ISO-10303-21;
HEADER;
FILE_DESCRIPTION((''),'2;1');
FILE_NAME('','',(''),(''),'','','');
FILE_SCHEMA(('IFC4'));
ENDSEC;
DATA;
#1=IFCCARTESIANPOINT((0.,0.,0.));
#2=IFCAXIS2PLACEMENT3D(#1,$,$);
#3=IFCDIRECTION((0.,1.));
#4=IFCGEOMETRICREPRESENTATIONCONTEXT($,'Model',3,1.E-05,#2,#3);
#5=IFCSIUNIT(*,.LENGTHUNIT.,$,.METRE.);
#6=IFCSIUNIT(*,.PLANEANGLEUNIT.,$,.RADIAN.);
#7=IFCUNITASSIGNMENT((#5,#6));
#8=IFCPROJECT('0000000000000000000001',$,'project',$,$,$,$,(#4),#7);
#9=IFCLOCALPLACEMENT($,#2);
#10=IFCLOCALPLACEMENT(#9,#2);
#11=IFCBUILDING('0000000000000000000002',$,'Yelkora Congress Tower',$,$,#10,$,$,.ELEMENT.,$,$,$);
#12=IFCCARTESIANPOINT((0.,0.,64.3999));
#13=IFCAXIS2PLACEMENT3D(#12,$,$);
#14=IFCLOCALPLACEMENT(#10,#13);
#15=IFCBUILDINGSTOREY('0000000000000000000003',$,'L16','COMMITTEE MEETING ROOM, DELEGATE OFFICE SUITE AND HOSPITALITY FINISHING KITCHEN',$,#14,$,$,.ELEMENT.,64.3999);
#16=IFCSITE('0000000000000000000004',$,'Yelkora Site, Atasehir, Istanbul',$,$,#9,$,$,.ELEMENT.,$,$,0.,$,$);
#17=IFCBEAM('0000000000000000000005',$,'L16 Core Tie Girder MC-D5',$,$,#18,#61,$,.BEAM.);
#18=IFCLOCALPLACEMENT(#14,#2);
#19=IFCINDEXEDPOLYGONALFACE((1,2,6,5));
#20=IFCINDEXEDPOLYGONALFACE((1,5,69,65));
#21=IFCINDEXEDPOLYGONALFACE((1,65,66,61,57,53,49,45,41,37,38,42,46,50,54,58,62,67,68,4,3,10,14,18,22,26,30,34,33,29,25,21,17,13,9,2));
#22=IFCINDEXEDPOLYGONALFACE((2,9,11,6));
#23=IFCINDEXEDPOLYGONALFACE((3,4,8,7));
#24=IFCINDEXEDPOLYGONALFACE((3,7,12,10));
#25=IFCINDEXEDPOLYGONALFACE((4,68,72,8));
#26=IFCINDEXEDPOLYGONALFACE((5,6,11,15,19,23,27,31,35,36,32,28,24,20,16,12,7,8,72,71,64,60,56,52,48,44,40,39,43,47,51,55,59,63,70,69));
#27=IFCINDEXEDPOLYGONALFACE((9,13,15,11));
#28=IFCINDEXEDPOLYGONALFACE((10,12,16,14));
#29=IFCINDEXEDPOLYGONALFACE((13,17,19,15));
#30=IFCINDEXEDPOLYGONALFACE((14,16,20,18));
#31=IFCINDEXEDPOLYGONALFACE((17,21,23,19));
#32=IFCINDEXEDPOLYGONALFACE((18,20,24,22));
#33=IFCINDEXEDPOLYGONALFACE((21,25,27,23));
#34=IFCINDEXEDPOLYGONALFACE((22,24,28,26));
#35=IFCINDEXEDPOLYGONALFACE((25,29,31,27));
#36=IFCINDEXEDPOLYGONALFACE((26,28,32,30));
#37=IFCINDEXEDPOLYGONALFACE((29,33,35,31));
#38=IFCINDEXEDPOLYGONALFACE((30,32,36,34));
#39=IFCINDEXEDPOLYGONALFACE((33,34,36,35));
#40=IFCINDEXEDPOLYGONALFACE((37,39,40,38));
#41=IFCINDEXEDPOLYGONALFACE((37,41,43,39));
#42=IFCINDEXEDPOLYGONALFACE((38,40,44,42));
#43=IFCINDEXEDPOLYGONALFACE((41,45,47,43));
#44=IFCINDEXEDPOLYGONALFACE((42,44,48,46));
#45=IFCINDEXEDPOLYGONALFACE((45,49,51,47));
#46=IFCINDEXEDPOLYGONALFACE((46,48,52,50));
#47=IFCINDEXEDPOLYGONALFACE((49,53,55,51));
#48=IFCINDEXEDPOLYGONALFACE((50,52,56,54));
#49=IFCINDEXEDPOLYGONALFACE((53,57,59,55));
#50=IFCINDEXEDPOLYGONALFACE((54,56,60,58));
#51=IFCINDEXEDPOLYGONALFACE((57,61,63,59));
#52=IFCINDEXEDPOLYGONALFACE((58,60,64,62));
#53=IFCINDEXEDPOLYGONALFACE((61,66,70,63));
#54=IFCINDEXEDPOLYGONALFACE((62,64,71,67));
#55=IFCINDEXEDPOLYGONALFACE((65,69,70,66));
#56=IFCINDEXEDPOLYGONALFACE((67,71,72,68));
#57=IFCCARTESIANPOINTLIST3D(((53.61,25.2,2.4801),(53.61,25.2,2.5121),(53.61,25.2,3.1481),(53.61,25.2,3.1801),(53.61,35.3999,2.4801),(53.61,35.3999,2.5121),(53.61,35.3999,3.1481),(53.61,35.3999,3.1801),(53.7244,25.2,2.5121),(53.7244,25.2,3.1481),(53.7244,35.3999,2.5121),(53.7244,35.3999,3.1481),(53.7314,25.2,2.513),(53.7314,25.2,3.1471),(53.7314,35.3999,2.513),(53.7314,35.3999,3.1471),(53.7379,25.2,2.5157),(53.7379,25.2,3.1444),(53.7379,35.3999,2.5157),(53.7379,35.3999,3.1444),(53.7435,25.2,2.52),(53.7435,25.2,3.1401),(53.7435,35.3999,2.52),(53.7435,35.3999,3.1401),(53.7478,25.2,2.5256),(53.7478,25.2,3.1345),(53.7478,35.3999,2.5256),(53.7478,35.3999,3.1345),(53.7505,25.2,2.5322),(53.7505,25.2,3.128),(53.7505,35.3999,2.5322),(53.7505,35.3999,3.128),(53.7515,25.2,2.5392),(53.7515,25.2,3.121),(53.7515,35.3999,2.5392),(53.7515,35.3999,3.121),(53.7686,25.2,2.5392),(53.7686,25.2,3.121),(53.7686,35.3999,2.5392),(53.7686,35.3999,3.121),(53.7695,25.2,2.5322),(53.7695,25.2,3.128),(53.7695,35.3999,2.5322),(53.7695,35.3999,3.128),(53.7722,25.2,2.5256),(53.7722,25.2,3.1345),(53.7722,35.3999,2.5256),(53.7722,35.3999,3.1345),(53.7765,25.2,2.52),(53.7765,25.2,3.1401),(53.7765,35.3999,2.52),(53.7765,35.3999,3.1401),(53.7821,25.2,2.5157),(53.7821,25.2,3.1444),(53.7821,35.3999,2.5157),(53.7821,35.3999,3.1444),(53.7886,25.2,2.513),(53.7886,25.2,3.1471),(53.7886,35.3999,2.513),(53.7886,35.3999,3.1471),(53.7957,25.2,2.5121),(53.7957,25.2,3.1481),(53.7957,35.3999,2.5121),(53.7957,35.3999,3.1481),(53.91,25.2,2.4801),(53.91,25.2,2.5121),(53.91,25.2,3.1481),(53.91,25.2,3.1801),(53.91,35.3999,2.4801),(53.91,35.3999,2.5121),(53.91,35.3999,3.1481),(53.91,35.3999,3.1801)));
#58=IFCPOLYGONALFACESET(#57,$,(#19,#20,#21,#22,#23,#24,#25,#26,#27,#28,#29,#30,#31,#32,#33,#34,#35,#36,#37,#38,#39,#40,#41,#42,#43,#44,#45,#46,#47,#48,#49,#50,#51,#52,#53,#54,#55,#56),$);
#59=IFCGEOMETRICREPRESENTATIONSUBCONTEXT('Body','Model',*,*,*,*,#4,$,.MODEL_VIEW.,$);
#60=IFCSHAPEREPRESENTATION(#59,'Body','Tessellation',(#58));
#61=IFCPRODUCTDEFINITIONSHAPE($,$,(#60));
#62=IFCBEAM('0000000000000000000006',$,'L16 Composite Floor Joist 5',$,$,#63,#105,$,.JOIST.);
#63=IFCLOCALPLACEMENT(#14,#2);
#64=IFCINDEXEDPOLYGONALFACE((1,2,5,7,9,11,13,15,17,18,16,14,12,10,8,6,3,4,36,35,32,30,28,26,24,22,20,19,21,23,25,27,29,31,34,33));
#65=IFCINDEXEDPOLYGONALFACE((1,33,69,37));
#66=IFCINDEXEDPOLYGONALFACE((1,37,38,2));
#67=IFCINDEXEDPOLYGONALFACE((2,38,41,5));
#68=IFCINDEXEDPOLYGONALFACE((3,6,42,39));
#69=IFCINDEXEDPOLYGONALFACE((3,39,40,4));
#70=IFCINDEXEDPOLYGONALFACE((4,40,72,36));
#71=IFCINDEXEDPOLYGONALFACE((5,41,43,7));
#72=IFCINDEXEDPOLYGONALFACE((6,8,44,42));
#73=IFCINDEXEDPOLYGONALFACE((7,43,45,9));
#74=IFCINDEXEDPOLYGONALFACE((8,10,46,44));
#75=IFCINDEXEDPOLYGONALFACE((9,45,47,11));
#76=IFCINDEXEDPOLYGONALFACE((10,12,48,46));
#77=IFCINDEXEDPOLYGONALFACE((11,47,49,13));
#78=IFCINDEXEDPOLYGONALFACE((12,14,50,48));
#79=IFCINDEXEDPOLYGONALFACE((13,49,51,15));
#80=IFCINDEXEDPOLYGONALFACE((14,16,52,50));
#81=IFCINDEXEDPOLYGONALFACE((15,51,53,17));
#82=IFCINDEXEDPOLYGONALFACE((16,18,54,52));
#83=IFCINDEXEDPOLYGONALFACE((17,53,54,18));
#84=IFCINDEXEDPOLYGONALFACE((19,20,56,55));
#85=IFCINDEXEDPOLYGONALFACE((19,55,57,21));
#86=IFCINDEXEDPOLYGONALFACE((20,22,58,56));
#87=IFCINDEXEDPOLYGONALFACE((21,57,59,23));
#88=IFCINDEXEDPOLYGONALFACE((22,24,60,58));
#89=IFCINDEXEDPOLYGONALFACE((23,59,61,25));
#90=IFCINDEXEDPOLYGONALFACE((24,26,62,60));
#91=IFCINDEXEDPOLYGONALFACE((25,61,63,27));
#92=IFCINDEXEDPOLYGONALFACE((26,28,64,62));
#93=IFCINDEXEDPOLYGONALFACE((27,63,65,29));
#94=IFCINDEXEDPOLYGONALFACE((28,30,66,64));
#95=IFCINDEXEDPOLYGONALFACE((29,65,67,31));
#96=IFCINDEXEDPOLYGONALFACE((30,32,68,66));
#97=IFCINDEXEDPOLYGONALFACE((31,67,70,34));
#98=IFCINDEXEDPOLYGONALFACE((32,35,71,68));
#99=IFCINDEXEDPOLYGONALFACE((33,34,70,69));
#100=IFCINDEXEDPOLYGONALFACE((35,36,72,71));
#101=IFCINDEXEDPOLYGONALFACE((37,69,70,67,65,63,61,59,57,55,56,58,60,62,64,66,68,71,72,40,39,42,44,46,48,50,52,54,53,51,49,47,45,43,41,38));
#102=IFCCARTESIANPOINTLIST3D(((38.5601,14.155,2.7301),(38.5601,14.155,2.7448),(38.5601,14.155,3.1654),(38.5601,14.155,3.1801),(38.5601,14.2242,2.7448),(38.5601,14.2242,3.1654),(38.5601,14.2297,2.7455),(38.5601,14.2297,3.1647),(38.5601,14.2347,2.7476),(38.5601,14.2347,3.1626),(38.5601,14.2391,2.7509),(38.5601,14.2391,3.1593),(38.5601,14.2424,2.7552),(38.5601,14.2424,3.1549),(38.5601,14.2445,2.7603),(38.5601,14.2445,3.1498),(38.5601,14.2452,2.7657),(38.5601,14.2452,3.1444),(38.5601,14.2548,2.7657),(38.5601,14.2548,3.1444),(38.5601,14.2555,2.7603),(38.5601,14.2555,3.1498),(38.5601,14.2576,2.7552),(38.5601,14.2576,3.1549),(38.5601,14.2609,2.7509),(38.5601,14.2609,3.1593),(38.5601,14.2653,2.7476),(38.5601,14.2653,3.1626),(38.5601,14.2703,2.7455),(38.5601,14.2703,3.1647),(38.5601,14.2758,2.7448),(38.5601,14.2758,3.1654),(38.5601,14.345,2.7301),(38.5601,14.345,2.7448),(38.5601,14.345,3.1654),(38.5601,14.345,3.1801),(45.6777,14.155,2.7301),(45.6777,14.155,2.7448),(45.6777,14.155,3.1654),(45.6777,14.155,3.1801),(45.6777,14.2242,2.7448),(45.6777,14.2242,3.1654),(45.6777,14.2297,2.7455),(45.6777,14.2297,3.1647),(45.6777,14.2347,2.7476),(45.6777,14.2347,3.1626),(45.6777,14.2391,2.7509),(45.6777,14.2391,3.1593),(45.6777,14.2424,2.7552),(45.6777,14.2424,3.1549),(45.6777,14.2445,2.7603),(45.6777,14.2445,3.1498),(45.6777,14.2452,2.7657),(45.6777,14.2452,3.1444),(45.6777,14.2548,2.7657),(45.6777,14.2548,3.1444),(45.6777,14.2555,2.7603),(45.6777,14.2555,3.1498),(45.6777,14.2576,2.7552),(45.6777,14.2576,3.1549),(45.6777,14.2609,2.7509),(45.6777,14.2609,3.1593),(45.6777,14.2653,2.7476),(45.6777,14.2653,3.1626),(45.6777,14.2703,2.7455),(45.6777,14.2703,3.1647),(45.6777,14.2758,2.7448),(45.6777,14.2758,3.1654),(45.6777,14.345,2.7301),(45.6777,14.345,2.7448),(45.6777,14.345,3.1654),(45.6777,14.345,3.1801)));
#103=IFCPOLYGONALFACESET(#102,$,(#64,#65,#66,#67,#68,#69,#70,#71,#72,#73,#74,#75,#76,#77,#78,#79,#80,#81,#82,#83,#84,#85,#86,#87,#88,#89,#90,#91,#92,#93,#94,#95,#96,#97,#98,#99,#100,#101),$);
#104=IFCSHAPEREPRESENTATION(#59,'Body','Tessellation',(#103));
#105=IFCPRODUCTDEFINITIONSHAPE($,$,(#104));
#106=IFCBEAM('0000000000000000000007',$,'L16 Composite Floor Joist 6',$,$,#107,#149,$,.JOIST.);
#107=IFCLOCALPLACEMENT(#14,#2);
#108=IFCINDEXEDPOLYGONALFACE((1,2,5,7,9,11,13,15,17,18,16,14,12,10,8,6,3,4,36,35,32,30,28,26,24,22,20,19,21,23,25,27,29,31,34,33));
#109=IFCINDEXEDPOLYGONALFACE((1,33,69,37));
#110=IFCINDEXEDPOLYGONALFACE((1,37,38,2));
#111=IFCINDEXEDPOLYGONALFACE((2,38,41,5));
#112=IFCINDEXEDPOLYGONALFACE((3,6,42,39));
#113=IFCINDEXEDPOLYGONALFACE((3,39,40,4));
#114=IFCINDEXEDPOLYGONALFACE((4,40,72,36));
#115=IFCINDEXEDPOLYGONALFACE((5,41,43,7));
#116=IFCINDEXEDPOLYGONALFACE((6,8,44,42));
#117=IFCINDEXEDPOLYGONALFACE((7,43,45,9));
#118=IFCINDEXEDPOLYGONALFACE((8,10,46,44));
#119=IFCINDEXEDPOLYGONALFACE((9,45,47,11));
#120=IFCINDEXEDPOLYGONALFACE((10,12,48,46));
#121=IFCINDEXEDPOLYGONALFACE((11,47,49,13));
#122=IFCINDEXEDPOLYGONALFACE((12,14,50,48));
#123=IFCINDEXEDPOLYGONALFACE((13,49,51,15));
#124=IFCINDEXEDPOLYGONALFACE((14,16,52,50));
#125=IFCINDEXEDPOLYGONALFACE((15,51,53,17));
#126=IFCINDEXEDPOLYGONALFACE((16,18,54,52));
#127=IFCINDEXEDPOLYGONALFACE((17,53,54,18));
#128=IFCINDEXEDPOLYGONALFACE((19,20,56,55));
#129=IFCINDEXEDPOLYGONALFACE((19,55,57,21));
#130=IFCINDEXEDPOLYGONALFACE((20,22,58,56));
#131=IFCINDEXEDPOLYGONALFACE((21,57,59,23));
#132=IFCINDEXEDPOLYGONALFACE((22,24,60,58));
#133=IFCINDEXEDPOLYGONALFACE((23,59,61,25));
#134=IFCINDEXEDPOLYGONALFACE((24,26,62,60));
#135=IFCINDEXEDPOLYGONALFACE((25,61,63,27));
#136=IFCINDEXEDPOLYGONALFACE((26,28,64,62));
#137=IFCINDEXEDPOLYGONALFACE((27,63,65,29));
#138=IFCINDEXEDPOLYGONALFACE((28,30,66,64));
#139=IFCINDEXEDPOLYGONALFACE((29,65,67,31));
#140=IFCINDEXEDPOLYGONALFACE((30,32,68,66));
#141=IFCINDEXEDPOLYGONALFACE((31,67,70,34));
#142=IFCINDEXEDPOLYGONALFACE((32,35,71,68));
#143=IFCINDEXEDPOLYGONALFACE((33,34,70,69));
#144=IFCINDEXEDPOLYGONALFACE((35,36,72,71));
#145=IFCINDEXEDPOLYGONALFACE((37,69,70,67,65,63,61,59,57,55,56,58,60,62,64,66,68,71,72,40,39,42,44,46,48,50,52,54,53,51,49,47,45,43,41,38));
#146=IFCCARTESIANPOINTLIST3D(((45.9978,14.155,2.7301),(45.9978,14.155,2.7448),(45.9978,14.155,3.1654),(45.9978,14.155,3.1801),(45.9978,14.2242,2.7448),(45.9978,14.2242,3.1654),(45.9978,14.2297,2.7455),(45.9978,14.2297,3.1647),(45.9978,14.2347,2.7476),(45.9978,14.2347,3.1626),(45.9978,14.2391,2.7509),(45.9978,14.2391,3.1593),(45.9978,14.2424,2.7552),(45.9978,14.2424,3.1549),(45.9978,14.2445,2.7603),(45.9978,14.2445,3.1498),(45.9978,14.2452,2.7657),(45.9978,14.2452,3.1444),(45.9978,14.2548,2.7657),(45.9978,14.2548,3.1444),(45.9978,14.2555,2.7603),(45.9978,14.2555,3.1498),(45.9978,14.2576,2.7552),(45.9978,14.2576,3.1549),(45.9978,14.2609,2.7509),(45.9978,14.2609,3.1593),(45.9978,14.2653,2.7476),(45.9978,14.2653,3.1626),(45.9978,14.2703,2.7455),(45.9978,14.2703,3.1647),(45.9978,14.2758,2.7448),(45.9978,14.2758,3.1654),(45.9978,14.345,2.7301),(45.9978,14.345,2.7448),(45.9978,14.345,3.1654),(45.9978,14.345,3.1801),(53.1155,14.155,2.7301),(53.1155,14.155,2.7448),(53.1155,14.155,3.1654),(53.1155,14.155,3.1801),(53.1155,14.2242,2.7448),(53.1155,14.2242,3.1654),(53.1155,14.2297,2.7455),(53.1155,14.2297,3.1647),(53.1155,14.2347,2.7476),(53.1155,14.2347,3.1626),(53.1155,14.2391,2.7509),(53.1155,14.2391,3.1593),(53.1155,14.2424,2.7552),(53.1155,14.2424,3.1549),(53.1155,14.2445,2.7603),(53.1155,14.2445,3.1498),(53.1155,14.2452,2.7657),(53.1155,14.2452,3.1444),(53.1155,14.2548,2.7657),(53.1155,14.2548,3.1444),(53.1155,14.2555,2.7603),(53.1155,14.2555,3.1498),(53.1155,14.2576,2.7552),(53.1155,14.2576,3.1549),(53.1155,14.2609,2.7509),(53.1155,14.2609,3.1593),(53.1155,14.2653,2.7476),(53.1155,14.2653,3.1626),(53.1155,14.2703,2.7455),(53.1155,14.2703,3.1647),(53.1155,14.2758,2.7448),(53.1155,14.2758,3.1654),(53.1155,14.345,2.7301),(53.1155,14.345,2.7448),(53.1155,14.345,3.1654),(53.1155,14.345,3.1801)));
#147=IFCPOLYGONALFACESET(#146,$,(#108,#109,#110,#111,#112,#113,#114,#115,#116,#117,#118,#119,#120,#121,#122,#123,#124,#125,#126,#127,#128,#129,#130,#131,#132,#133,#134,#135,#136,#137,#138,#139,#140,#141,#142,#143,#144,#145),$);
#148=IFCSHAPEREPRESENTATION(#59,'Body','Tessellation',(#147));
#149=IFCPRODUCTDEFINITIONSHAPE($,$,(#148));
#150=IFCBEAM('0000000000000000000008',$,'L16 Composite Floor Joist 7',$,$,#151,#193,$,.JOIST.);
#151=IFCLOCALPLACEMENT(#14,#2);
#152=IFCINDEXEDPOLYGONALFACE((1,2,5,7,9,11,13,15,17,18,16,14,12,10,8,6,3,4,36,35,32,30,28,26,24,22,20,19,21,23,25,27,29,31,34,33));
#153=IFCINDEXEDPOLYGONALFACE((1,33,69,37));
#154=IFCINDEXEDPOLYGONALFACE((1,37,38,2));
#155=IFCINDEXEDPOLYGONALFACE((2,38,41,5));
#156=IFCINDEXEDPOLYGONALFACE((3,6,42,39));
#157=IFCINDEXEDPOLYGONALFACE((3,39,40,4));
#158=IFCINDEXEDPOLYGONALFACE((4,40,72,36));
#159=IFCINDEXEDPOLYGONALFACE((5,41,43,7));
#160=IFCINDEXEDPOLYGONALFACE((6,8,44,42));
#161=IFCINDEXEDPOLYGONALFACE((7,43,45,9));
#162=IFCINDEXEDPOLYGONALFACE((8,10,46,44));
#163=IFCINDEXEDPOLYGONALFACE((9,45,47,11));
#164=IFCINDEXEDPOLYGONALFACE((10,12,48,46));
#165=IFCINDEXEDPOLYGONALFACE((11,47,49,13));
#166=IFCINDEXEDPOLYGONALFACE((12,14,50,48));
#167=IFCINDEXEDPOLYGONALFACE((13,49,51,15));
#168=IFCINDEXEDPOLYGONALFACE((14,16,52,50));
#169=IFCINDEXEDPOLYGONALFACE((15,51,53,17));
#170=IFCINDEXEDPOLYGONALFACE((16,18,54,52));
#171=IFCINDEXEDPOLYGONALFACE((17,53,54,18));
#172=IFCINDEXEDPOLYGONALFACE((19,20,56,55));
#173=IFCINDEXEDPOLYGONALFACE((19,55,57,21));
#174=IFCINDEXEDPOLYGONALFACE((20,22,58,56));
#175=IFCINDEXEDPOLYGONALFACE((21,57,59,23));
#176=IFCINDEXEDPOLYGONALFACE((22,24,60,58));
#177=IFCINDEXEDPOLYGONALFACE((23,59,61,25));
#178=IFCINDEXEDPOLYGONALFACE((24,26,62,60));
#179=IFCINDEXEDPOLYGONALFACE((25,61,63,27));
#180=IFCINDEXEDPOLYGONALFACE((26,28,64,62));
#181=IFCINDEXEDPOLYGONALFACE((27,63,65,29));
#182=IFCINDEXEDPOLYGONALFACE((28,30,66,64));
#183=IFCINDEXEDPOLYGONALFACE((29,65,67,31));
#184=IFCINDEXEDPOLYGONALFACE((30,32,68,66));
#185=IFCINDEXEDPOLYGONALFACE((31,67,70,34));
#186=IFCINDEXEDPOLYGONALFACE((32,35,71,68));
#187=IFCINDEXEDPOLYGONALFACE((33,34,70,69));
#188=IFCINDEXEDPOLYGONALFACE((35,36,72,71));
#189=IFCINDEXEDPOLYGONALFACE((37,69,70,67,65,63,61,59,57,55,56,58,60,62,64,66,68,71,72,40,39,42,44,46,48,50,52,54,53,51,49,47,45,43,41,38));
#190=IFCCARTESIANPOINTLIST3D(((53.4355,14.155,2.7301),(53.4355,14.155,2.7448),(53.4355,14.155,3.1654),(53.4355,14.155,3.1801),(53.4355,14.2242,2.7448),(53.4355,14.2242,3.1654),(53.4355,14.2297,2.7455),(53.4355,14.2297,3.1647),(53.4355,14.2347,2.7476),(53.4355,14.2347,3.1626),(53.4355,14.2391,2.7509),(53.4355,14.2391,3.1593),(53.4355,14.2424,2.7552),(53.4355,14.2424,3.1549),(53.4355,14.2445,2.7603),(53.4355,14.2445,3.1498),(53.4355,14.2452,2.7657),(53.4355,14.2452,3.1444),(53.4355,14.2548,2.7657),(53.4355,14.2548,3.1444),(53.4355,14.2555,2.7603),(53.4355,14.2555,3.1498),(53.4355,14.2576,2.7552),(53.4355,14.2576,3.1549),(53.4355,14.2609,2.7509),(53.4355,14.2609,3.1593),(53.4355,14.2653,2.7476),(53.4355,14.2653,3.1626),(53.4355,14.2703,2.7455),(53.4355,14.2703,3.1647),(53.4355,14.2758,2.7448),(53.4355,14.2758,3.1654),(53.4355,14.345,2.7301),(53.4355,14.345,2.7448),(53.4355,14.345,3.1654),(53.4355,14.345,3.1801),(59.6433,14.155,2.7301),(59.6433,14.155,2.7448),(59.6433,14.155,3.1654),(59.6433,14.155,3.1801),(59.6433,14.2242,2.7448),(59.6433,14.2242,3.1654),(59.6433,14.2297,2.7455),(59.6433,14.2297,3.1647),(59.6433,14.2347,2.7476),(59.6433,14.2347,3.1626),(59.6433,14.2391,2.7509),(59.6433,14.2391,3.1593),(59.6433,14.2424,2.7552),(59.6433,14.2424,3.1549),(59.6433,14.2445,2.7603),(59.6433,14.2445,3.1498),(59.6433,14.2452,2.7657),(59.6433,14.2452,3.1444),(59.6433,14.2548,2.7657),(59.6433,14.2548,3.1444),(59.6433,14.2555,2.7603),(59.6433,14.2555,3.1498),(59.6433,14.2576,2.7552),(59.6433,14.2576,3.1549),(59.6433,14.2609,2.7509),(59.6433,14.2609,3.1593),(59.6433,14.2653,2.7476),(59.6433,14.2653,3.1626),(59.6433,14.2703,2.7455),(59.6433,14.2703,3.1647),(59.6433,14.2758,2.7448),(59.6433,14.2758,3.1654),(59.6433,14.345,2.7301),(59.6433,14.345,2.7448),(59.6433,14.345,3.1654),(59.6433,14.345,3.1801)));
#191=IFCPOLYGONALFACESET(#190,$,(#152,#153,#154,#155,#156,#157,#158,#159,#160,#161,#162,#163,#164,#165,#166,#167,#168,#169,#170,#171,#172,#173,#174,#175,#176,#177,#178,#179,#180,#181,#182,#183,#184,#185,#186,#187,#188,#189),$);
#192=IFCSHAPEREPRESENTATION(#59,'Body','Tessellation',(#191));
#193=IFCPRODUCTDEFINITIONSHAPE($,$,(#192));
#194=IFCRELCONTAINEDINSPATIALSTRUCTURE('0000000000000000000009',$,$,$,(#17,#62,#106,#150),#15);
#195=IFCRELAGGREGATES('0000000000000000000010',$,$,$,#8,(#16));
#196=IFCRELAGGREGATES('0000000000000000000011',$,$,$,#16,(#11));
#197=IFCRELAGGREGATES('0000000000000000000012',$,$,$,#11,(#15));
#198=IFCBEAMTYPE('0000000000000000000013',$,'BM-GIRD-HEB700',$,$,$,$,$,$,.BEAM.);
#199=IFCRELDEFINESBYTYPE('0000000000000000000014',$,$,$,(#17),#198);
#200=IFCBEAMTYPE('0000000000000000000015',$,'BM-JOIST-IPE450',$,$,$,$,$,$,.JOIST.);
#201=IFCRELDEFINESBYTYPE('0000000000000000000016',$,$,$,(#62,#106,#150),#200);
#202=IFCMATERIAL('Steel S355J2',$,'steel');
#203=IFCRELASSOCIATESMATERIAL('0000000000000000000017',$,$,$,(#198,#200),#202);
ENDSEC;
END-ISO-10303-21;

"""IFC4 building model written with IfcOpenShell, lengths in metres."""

from ifc_helpers import new_model, si_unit, direction, frame, origin, origin_2d, place, context, subcontext, project, spatial, i_section, extrude, material, material_profile, profile_set, type_object, element, save


model = new_model("IFC4")

# Units and contexts
model_context = context("Model", 3, precision=1e-05, world=origin(), true_north=direction((0.0, 1.0)))
body_context = subcontext(model_context, "Body", "Model", "MODEL_VIEW")
ifc_project = project(units=[si_unit("LENGTHUNIT", "METRE"), si_unit("PLANEANGLEUNIT", "RADIAN")], contexts=[model_context])

# Site, building, storey
site_placement = place(None, origin())
site = spatial("IfcSite", under=ifc_project, at=site_placement, Name="Yelkora Site, Atasehir, Istanbul", CompositionType="ELEMENT", RefElevation=0.0)
building_placement = place(site_placement, origin())
building = spatial("IfcBuilding", under=site, at=building_placement, Name="Yelkora Congress Tower", CompositionType="ELEMENT")
storey_placement = place(building_placement, frame((0.0, 0.0, 64.3999)))
storey = spatial("IfcBuildingStorey", under=building, at=storey_placement, Name="L16", Description="COMMITTEE MEETING ROOM, DELEGATE OFFICE SUITE AND HOSPITALITY FINISHING KITCHEN", CompositionType="ELEMENT", Elevation=64.3999)

# Beams
ifc_material_1 = material(Name="Steel S355J2", Category="steel")
ifc_material_profile_1 = material_profile(ifc_material_1, i_section(OverallWidth=0.3, OverallDepth=0.7, WebThickness=0.0171, FlangeThickness=0.032, FilletRadius=0.0271, at=origin_2d()), Name="HEB 700")
ifc_profile_set_1 = profile_set([ifc_material_profile_1], Name="Steel S355J2")
beam_type_1 = type_object("IfcBeamType", Name="BM-GIRD-HEB700", PredefinedType="BEAM", material=ifc_profile_set_1)
for number, where, z_axis, x_axis, name in (
    (1, (53.76, 25.2, 2.8301), (0.0, 1.0, 0.0), (-1.0, 0.0, 0.0), "L16 Core Tie Girder MC-D5"),
):
    element("IfcBeam", number, at=place(storey_placement, frame(where, z_axis=z_axis, x_axis=x_axis)), inside=storey, type_object=beam_type_1, Name=name, PredefinedType="BEAM", context=body_context, shape_type="SweptSolid", body=[
        extrude(i_section(OverallWidth=0.3, OverallDepth=0.7, WebThickness=0.0171, FlangeThickness=0.032, FilletRadius=0.0271, at=origin_2d()), origin(), (0.0, 0.0, 1.0), 10.2),
    ])
ifc_material_profile_2 = material_profile(ifc_material_1, i_section(OverallWidth=0.1899, OverallDepth=0.45, WebThickness=0.0095, FlangeThickness=0.0146, FilletRadius=0.021, at=origin_2d()), Name="IPE 450")
ifc_profile_set_2 = profile_set([ifc_material_profile_2], Name="Steel S355J2")
beam_type_2 = type_object("IfcBeamType", Name="BM-JOIST-IPE450", PredefinedType="JOIST", material=ifc_profile_set_2)
for number, where, z_axis, x_axis, name in (
    (2, (38.5601, 14.25, 2.9551), (1.0, 0.0, 0.0), (0.0, 1.0, 0.0), "L16 Composite Floor Joist 5"),
    (3, (45.9978, 14.25, 2.9551), (1.0, 0.0, 0.0), (0.0, 1.0, 0.0), "L16 Composite Floor Joist 6"),
):
    element("IfcBeam", number, at=place(storey_placement, frame(where, z_axis=z_axis, x_axis=x_axis)), inside=storey, type_object=beam_type_2, Name=name, PredefinedType="JOIST", context=body_context, shape_type="SweptSolid", body=[
        extrude(i_section(OverallWidth=0.1899, OverallDepth=0.45, WebThickness=0.0095, FlangeThickness=0.0146, FilletRadius=0.021, at=origin_2d()), origin(), (0.0, 0.0, 1.0), 7.1177),
    ])
beam_1_placement = place(storey_placement, frame((53.4355, 14.25, 2.9551), z_axis=(1.0, 0.0, 0.0), x_axis=(0.0, 1.0, 0.0)))
element("IfcBeam", 4, at=beam_1_placement, inside=storey, type_object=beam_type_2, Name="L16 Composite Floor Joist 7", PredefinedType="JOIST", context=body_context, shape_type="SweptSolid", body=[
    extrude(i_section(OverallWidth=0.1899, OverallDepth=0.45, WebThickness=0.0095, FlangeThickness=0.0146, FilletRadius=0.021, at=origin_2d()), origin(), (0.0, 0.0, 1.0), 6.2078),
])

save(model, "model.ifc")
